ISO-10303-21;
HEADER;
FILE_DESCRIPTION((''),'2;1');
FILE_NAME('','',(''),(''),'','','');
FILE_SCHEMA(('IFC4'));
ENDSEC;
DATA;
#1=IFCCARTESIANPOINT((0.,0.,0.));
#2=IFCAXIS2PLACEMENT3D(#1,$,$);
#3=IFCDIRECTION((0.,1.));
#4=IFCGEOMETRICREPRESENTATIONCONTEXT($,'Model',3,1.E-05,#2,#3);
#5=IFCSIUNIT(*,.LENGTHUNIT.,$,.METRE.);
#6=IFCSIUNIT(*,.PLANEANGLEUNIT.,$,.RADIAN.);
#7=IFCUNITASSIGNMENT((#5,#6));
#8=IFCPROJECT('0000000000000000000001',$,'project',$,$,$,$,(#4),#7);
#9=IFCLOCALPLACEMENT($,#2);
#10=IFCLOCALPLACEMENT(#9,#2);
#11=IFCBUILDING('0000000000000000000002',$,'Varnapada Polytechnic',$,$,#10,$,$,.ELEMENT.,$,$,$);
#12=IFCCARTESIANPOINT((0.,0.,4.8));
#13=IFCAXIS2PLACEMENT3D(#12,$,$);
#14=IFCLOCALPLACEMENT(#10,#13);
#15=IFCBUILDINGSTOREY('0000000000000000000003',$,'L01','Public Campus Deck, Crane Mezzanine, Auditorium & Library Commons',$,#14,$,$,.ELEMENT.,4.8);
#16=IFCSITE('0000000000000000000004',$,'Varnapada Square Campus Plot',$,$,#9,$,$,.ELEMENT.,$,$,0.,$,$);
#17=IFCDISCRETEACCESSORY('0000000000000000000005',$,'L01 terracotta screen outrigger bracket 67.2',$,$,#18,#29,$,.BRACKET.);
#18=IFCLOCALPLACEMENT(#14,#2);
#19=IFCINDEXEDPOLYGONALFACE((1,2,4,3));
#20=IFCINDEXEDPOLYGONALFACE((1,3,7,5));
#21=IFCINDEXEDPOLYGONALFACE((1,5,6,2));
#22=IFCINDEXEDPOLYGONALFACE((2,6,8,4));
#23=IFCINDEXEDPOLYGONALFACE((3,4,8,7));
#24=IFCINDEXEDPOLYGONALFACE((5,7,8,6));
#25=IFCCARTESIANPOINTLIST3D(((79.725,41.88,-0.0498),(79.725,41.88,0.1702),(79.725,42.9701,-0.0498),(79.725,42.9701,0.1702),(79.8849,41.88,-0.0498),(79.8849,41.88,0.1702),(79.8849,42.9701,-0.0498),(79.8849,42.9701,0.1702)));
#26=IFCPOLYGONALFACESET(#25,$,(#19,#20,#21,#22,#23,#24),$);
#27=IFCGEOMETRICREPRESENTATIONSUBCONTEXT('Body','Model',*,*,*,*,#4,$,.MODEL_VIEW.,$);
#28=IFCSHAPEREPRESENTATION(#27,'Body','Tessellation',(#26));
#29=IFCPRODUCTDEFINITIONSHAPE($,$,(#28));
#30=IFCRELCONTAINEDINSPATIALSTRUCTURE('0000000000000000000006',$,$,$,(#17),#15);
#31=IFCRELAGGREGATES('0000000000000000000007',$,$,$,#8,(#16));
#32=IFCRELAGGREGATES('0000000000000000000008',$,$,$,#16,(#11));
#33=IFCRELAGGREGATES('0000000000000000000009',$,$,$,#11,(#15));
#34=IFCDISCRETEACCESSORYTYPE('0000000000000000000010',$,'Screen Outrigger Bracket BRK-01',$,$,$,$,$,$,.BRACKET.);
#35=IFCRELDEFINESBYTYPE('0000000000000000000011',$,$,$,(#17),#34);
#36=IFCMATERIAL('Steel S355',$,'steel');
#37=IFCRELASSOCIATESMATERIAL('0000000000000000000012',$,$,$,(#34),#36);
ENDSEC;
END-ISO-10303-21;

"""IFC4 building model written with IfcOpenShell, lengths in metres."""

from ifc_helpers import new_model, si_unit, direction, frame, origin, origin_2d, place, context, subcontext, project, spatial, rectangle, extrude, material, type_object, element, save


model = new_model("IFC4")

# Units and contexts
model_context = context("Model", 3, precision=1e-05, world=origin(), true_north=direction((0.0, 1.0)))
body_context = subcontext(model_context, "Body", "Model", "MODEL_VIEW")
ifc_project = project(units=[si_unit("LENGTHUNIT", "METRE"), si_unit("PLANEANGLEUNIT", "RADIAN")], contexts=[model_context])

# Site, building, storey
site_placement = place(None, origin())
site = spatial("IfcSite", under=ifc_project, at=site_placement, Name="Varnapada Square Campus Plot", CompositionType="ELEMENT", RefElevation=0.0)
building_placement = place(site_placement, origin())
building = spatial("IfcBuilding", under=site, at=building_placement, Name="Varnapada Polytechnic", CompositionType="ELEMENT")
storey_placement = place(building_placement, frame((0.0, 0.0, 4.8)))
storey = spatial("IfcBuildingStorey", under=building, at=storey_placement, Name="L01", Description="Public Campus Deck, Crane Mezzanine, Auditorium & Library Commons", CompositionType="ELEMENT", Elevation=4.8)

# Discrete accessory
ifc_material_1 = material(Name="Steel S355", Category="steel")
discrete_accessory_type = type_object("IfcDiscreteAccessoryType", Name="Screen Outrigger Bracket BRK-01", PredefinedType="BRACKET", material=ifc_material_1)
for number, where, z_axis, x_axis, name in (
    (1, (79.8049, 42.425, -0.0498), (0.0, 0.0, 1.0), (1.0, 0.0, 0.0), "L01 terracotta screen outrigger bracket 67.2"),
):
    element("IfcDiscreteAccessory", number, at=place(storey_placement, frame(where, z_axis=z_axis, x_axis=x_axis)), inside=storey, type_object=discrete_accessory_type, Name=name, PredefinedType="BRACKET", context=body_context, shape_type="SweptSolid", body=[
        extrude(rectangle(XDim=0.1599, YDim=1.0901, at=origin_2d()), origin(), (0.0, 0.0, 1.0), 0.22),
    ])

save(model, "model.ifc")
